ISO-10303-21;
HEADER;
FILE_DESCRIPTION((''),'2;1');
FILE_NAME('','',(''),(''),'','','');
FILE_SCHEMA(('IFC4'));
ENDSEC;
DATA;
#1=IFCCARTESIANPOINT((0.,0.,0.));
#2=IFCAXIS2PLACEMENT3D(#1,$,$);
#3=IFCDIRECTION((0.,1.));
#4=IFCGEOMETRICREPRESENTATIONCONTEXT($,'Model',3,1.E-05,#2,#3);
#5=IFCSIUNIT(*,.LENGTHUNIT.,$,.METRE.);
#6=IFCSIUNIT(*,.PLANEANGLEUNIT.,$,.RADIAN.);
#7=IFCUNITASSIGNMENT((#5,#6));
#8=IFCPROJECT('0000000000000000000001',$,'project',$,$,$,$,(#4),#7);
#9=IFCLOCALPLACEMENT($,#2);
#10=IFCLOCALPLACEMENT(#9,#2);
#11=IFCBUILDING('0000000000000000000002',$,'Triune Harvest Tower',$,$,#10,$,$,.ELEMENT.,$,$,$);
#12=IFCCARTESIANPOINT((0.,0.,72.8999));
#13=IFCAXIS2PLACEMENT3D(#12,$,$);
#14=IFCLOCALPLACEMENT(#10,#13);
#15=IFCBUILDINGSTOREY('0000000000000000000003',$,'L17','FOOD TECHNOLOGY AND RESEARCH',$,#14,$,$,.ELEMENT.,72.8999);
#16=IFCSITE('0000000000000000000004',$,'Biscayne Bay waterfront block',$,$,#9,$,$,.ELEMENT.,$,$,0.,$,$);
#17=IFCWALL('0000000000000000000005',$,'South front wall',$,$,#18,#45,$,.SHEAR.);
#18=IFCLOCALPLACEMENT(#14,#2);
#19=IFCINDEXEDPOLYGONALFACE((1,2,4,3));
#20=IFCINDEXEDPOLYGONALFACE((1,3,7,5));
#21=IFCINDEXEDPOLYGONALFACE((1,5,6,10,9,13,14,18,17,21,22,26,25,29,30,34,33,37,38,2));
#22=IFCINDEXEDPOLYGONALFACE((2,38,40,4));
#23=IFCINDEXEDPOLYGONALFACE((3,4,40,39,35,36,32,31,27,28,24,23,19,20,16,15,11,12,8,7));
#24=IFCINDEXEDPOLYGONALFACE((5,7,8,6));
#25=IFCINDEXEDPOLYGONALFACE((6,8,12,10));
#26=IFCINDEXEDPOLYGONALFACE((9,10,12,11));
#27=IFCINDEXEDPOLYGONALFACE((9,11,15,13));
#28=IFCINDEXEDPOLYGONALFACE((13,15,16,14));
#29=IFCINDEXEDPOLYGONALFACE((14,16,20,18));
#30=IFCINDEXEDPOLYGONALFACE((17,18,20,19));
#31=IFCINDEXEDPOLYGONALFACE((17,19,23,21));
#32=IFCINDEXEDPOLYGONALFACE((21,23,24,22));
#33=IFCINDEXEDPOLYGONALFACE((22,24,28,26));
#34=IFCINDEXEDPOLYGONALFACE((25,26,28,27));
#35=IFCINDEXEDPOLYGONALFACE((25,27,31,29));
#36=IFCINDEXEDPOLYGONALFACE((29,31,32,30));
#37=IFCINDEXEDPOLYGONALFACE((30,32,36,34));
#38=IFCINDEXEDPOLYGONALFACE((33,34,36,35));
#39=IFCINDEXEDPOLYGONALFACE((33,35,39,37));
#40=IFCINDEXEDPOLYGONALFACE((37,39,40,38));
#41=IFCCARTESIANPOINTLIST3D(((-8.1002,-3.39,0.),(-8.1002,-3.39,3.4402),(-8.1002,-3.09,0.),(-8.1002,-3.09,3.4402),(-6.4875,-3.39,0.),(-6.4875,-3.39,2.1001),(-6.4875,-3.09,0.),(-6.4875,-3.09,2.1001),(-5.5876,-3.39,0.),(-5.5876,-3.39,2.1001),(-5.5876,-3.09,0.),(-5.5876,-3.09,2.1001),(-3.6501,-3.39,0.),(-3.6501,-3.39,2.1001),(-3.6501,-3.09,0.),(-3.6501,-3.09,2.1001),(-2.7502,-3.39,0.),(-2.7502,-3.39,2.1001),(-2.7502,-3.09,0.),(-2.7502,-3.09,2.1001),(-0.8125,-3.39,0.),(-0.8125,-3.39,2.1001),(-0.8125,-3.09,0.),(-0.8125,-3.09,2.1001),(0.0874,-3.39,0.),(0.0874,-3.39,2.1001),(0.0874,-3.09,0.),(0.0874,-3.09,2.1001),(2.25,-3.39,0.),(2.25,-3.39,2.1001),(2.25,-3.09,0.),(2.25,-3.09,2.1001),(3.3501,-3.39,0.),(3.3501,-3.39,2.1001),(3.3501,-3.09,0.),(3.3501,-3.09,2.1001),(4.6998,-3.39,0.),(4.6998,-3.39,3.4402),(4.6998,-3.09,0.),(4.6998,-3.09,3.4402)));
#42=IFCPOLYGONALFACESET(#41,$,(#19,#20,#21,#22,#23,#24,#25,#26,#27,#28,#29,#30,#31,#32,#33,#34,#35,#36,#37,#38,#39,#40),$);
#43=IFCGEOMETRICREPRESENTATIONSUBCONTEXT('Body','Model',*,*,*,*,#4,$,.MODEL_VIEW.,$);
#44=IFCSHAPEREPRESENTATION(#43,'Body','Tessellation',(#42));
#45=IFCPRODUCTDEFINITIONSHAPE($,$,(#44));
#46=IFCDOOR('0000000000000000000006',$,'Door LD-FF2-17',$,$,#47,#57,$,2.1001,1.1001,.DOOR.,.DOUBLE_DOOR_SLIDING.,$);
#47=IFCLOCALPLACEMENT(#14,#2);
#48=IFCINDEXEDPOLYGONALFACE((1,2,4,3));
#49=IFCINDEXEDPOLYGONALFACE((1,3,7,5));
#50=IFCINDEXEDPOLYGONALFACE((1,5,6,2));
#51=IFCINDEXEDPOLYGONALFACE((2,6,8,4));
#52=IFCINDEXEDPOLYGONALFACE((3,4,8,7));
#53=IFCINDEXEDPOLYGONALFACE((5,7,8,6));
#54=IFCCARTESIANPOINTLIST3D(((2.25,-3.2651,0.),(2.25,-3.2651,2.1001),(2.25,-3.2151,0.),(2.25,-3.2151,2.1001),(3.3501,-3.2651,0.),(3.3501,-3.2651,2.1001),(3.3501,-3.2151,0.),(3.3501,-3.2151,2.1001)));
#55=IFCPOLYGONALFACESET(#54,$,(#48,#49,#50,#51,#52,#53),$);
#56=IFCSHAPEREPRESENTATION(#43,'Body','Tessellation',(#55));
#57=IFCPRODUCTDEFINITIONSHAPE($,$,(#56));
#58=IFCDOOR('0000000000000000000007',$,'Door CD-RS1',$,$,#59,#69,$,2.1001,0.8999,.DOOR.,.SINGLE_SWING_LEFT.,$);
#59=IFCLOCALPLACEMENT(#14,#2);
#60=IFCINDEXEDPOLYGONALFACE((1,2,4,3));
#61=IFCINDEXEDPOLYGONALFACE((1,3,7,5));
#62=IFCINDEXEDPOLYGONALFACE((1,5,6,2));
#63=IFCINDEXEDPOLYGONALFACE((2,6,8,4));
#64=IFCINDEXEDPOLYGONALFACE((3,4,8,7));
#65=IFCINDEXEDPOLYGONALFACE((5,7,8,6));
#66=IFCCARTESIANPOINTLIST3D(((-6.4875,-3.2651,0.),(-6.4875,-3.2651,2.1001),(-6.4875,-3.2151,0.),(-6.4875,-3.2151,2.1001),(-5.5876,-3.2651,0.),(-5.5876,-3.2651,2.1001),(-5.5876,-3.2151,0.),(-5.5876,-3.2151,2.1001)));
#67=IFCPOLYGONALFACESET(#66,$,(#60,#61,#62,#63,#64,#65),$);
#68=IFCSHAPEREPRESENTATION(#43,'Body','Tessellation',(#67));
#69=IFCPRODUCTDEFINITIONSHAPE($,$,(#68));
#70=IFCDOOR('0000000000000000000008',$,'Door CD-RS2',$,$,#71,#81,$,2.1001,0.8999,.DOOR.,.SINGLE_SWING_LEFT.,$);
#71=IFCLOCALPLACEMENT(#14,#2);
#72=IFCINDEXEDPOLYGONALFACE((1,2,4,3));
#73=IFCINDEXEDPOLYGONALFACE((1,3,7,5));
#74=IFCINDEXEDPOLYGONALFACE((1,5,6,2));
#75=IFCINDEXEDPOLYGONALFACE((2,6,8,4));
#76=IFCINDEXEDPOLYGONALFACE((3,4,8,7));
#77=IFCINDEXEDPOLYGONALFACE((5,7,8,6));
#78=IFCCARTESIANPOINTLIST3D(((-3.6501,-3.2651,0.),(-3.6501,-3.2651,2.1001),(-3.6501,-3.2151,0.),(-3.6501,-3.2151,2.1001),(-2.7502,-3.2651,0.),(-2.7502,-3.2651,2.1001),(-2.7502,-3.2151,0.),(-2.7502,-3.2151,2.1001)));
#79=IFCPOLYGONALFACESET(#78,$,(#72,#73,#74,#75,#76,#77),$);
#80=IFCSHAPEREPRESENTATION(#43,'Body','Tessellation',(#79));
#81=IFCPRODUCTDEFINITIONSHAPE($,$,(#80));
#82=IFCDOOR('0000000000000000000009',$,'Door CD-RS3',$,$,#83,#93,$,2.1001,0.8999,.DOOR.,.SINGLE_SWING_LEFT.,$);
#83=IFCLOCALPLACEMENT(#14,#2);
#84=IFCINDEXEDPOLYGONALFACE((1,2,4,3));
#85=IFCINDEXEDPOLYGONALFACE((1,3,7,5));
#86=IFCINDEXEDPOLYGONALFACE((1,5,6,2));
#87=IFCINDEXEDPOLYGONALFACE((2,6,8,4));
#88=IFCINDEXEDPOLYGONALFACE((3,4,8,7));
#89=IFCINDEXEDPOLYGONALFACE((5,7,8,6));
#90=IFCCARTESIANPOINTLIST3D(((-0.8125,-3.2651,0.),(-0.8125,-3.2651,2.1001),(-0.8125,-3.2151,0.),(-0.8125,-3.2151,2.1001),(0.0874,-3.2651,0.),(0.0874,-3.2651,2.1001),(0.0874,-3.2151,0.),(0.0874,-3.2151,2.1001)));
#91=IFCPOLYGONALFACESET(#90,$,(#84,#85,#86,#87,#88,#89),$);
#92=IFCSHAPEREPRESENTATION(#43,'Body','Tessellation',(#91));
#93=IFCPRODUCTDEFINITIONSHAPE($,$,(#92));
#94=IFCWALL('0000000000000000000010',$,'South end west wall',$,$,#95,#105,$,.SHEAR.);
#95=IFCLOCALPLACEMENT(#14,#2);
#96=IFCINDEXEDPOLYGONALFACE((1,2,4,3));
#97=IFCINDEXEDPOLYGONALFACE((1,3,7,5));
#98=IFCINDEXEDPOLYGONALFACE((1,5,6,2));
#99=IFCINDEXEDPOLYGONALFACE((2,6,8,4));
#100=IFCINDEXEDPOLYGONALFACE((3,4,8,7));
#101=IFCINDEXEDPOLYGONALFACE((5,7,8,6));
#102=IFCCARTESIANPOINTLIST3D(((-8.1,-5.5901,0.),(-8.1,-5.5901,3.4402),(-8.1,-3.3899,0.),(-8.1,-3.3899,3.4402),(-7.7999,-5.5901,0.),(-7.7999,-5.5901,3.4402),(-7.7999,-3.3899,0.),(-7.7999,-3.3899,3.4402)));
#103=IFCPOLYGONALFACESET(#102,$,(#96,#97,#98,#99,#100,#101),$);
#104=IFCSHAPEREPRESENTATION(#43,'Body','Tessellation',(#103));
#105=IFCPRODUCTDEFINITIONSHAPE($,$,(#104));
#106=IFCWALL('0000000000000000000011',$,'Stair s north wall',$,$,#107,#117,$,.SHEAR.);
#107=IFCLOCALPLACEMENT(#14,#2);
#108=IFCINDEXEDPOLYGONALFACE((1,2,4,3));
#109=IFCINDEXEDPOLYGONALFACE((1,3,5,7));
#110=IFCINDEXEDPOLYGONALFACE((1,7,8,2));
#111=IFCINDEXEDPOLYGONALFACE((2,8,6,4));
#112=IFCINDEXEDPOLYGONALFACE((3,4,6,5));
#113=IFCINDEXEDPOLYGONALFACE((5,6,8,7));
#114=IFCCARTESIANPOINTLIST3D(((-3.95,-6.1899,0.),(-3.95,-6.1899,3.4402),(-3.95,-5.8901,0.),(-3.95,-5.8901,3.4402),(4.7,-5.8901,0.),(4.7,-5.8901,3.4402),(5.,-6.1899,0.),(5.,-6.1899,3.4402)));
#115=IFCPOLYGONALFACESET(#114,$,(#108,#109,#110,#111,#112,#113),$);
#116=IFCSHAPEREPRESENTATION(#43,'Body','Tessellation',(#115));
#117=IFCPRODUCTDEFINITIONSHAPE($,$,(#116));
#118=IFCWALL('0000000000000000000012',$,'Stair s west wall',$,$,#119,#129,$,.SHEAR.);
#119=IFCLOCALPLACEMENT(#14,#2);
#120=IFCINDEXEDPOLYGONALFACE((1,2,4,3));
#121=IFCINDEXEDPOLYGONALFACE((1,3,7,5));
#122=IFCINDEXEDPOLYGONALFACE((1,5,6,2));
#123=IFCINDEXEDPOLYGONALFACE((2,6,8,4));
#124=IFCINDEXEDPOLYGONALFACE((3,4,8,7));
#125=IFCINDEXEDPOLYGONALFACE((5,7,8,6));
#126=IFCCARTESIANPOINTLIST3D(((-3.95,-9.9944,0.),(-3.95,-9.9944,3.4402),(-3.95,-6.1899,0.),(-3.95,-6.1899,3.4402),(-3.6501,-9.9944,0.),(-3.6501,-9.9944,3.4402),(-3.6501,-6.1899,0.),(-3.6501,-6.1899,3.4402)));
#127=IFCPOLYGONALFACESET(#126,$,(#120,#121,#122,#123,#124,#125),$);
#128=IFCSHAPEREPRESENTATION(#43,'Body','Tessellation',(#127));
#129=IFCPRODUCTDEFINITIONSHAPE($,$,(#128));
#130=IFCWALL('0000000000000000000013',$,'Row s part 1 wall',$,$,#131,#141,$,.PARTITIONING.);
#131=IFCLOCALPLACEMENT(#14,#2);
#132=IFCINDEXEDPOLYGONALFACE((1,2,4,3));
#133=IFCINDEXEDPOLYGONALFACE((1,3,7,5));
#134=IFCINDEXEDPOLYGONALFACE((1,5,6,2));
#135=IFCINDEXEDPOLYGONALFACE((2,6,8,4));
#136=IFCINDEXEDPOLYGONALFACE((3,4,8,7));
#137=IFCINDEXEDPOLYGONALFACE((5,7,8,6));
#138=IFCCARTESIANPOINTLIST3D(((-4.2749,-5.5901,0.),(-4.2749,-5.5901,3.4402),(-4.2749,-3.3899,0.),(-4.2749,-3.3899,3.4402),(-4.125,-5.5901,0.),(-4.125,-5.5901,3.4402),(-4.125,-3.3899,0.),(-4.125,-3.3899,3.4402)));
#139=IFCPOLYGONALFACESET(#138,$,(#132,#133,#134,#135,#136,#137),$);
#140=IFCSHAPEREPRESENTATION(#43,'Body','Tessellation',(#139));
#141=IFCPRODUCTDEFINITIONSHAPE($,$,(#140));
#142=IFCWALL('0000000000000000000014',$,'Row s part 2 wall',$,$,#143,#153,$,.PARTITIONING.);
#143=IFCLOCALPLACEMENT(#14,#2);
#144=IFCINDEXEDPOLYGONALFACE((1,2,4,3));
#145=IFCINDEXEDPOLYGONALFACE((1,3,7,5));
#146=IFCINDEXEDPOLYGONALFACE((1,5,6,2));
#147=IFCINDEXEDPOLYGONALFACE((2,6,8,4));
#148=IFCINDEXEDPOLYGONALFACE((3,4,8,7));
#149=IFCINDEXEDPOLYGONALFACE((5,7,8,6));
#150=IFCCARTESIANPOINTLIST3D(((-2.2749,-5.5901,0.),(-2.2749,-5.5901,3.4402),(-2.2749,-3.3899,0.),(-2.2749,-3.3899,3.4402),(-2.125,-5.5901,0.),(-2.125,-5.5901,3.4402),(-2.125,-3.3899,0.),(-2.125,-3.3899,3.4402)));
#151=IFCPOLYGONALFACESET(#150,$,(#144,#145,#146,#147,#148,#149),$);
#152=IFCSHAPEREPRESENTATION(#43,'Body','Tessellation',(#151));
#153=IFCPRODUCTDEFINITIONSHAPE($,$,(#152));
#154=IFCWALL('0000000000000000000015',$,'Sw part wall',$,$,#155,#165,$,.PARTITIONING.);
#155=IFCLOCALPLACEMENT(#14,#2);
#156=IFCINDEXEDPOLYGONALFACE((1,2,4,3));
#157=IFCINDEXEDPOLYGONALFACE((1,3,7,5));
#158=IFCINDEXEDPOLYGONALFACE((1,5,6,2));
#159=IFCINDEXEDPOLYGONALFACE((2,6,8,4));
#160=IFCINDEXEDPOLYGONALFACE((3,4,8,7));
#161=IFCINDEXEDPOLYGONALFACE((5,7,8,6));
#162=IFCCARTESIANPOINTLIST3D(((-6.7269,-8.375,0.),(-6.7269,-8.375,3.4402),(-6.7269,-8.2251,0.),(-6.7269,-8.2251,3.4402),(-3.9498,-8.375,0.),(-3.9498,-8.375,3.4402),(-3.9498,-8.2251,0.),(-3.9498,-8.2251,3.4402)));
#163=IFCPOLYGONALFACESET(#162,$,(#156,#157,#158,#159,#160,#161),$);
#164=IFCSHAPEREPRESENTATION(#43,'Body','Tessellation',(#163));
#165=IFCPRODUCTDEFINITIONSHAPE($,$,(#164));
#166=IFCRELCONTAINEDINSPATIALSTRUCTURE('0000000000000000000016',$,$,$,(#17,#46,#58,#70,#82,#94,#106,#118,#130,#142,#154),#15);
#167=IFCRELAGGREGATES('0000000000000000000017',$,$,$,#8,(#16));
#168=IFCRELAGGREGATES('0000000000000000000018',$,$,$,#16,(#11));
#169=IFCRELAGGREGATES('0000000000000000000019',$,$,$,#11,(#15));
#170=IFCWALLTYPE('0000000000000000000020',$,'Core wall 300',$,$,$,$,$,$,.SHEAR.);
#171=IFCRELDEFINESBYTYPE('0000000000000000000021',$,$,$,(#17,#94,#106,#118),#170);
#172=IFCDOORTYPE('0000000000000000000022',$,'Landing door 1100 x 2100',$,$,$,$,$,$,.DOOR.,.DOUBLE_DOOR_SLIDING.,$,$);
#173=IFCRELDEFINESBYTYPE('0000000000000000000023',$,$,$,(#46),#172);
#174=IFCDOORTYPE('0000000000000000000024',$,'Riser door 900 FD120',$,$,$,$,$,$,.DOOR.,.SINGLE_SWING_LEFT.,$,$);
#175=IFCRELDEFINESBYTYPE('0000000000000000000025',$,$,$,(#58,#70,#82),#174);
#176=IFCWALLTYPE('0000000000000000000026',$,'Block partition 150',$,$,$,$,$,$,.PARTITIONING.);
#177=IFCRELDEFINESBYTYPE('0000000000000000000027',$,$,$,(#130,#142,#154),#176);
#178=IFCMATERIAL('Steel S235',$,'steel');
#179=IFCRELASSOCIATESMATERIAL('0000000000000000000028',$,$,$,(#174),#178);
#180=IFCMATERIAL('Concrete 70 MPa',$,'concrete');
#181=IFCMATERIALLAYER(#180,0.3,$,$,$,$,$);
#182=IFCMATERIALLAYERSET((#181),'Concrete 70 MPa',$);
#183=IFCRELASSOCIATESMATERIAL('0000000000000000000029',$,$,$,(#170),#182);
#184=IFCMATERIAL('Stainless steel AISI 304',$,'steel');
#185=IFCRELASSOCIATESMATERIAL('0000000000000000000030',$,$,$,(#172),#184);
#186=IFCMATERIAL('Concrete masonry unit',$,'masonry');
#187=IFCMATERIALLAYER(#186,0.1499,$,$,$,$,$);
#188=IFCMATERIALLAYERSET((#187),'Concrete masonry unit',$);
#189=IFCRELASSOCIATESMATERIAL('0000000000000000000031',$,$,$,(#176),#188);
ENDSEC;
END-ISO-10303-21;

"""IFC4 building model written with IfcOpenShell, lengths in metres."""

from ifc_helpers import new_model, si_unit, direction, frame, frame_2d, origin, place, context, subcontext, project, spatial, polyline, rectangle, outline, extrude, source, transform, mapped, material, layer, layer_set, type_object, element, fill, save


model = new_model("IFC4")

# Units and contexts
model_context = context("Model", 3, precision=1e-05, world=origin(), true_north=direction((0.0, 1.0)))
body_context = subcontext(model_context, "Body", "Model", "MODEL_VIEW")
ifc_project = project(units=[si_unit("LENGTHUNIT", "METRE"), si_unit("PLANEANGLEUNIT", "RADIAN")], contexts=[model_context])

# Site, building, storey
site_placement = place(None, origin())
site = spatial("IfcSite", under=ifc_project, at=site_placement, Name="Biscayne Bay waterfront block", CompositionType="ELEMENT", RefElevation=0.0)
building_placement = place(site_placement, origin())
building = spatial("IfcBuilding", under=site, at=building_placement, Name="Triune Harvest Tower", CompositionType="ELEMENT")
storey_placement = place(building_placement, frame((0.0, 0.0, 72.8999)))
storey = spatial("IfcBuildingStorey", under=building, at=storey_placement, Name="L17", Description="FOOD TECHNOLOGY AND RESEARCH", CompositionType="ELEMENT", Elevation=72.8999)

# Wall, openings, doors
ifc_material_1 = material(Name="Steel S235", Category="steel")
door_type_1 = type_object("IfcDoorType", Name="Riser door 900 FD120", OperationType="SINGLE_SWING_LEFT", PredefinedType="DOOR", material=ifc_material_1)
ifc_material_2 = material(Name="Concrete 70 MPa", Category="concrete")
ifc_layer_1 = layer(ifc_material_2, 0.3)
ifc_layer_set_1 = layer_set([ifc_layer_1], Name="Concrete 70 MPa")
wall_type_1 = type_object("IfcWallType", Name="Core wall 300", PredefinedType="SHEAR", material=ifc_layer_set_1)
shared_shape_1 = source(origin(), body_context, "Body", "SweptSolid", [
    extrude(rectangle(XDim=12.8, YDim=0.3, at=frame_2d((6.3999, 0.0))), origin(), (0.0, 0.0, 1.0), 3.4402),
])
wall_1_placement = place(storey_placement, frame((-8.1001, -3.24, 0.0), z_axis=(0.0, 0.0, 1.0), x_axis=(1.0, 0.0, 0.0)))
wall_1 = element("IfcWall", 1, at=wall_1_placement, inside=storey, type_object=wall_type_1, Name="South front wall", PredefinedType="SHEAR", context=body_context, shape_type="MappedRepresentation", body=[
    mapped(shared_shape_1, transform((0.0, 0.0, 0.0), scale=1.0)),
])
opening_1_placement = place(wall_1_placement, frame((1.6125, 0.0, 0.0)))
opening_1 = element("IfcOpeningElement", 2, at=opening_1_placement, cuts=wall_1, PredefinedType="OPENING", context=body_context, shape_type="SweptSolid", body=[
    extrude(rectangle(XDim=0.8999, YDim=2.1001, at=frame_2d((0.45, 1.05))), frame((0.0, 0.1602, 0.0), z_axis=(0.0, -1.0, 0.0), x_axis=(1.0, 0.0, 0.0)), (0.0, 0.0, 1.0), 0.3201),
])
opening_2_placement = place(wall_1_placement, frame((4.45, 0.0, 0.0)))
opening_2 = element("IfcOpeningElement", 3, at=opening_2_placement, cuts=wall_1, PredefinedType="OPENING", context=body_context, shape_type="SweptSolid", body=[
    extrude(rectangle(XDim=0.8999, YDim=2.1001, at=frame_2d((0.45, 1.05))), frame((0.0, 0.1602, 0.0), z_axis=(0.0, -1.0, 0.0), x_axis=(1.0, 0.0, 0.0)), (0.0, 0.0, 1.0), 0.3201),
])
opening_3_placement = place(wall_1_placement, frame((7.2876, 0.0, 0.0)))
opening_3 = element("IfcOpeningElement", 4, at=opening_3_placement, cuts=wall_1, PredefinedType="OPENING", context=body_context, shape_type="SweptSolid", body=[
    extrude(rectangle(XDim=0.8999, YDim=2.1001, at=frame_2d((0.45, 1.05))), frame((0.0, 0.1602, 0.0), z_axis=(0.0, -1.0, 0.0), x_axis=(1.0, 0.0, 0.0)), (0.0, 0.0, 1.0), 0.3201),
])
opening_4_placement = place(wall_1_placement, frame((10.3501, 0.0, 0.0)))
opening_4 = element("IfcOpeningElement", 5, at=opening_4_placement, cuts=wall_1, PredefinedType="OPENING", context=body_context, shape_type="SweptSolid", body=[
    extrude(rectangle(XDim=1.1001, YDim=2.1001, at=frame_2d((0.55, 1.05))), frame((0.0, 0.1602, 0.0), z_axis=(0.0, -1.0, 0.0), x_axis=(1.0, 0.0, 0.0)), (0.0, 0.0, 1.0), 0.3201),
])
ifc_material_3 = material(Name="Stainless steel AISI 304", Category="steel")
door_type_2 = type_object("IfcDoorType", Name="Landing door 1100 x 2100", OperationType="DOUBLE_DOOR_SLIDING", PredefinedType="DOOR", material=ifc_material_3)
door_1_placement = place(opening_4_placement, origin())
door_1 = element("IfcDoor", 6, at=door_1_placement, inside=storey, type_object=door_type_2, Name="Door LD-FF2-17", OperationType="DOUBLE_DOOR_SLIDING", OverallHeight=2.1001, OverallWidth=1.1001, PredefinedType="DOOR", context=body_context, shape_type="SweptSolid", body=[
    extrude(rectangle(XDim=1.1001, YDim=2.1001, at=frame_2d((0.55, 1.05))), frame((0.0, 0.0249, 0.0), z_axis=(0.0, -1.0, 0.0), x_axis=(1.0, 0.0, 0.0)), (0.0, 0.0, 1.0), 0.05),
])
fill(opening_4, door_1)
door_2_placement = place(opening_1_placement, origin())
door_2 = element("IfcDoor", 7, at=door_2_placement, inside=storey, type_object=door_type_1, Name="Door CD-RS1", OperationType="SINGLE_SWING_LEFT", OverallHeight=2.1001, OverallWidth=0.8999, PredefinedType="DOOR", context=body_context, shape_type="SweptSolid", body=[
    extrude(rectangle(XDim=0.8999, YDim=2.1001, at=frame_2d((0.45, 1.05))), frame((0.0, 0.0249, 0.0), z_axis=(0.0, -1.0, 0.0), x_axis=(1.0, 0.0, 0.0)), (0.0, 0.0, 1.0), 0.05),
])
fill(opening_1, door_2)
door_3_placement = place(opening_2_placement, origin())
door_3 = element("IfcDoor", 8, at=door_3_placement, inside=storey, type_object=door_type_1, Name="Door CD-RS2", OperationType="SINGLE_SWING_LEFT", OverallHeight=2.1001, OverallWidth=0.8999, PredefinedType="DOOR", context=body_context, shape_type="SweptSolid", body=[
    extrude(rectangle(XDim=0.8999, YDim=2.1001, at=frame_2d((0.45, 1.05))), frame((0.0, 0.0249, 0.0), z_axis=(0.0, -1.0, 0.0), x_axis=(1.0, 0.0, 0.0)), (0.0, 0.0, 1.0), 0.05),
])
fill(opening_2, door_3)
door_4_placement = place(opening_3_placement, origin())
door_4 = element("IfcDoor", 9, at=door_4_placement, inside=storey, type_object=door_type_1, Name="Door CD-RS3", OperationType="SINGLE_SWING_LEFT", OverallHeight=2.1001, OverallWidth=0.8999, PredefinedType="DOOR", context=body_context, shape_type="SweptSolid", body=[
    extrude(rectangle(XDim=0.8999, YDim=2.1001, at=frame_2d((0.45, 1.05))), frame((0.0, 0.0249, 0.0), z_axis=(0.0, -1.0, 0.0), x_axis=(1.0, 0.0, 0.0)), (0.0, 0.0, 1.0), 0.05),
])
fill(opening_3, door_4)

# Walls
shared_shape_2 = source(origin(), body_context, "Body", "SweptSolid", [
    extrude(rectangle(XDim=2.2002, YDim=0.3, at=frame_2d((1.1001, 0.0))), origin(), (0.0, 0.0, 1.0), 3.4402),
])
wall_2_placement = place(storey_placement, frame((-7.95, -5.5901, 0.0), z_axis=(0.0, 0.0, 1.0), x_axis=(0.0, 1.0, 0.0)))
element("IfcWall", 10, at=wall_2_placement, inside=storey, type_object=wall_type_1, Name="South end west wall", PredefinedType="SHEAR", context=body_context, shape_type="MappedRepresentation", body=[
    mapped(shared_shape_2, transform((0.0, 0.0, 0.0), scale=1.0)),
])
shared_shape_3 = source(origin(), body_context, "Body", "SweptSolid", [
    extrude(outline(polyline([(0.0, -0.1499), (8.95, -0.1499), (8.6499, 0.1499), (0.0, 0.1499), (0.0, -0.1499)])), origin(), (0.0, 0.0, 1.0), 3.4402),
])
wall_3_placement = place(storey_placement, frame((-3.95, -6.04, 0.0), z_axis=(0.0, 0.0, 1.0), x_axis=(1.0, 0.0, 0.0)))
element("IfcWall", 11, at=wall_3_placement, inside=storey, type_object=wall_type_1, Name="Stair s north wall", PredefinedType="SHEAR", context=body_context, shape_type="MappedRepresentation", body=[
    mapped(shared_shape_3, transform((0.0, 0.0, 0.0), scale=1.0)),
])
shared_shape_4 = source(origin(), body_context, "Body", "SweptSolid", [
    extrude(outline(polyline([(3.8, -0.1499), (-0.0044, -0.1499), (-0.0044, 0.1499), (3.8, 0.1499), (3.8, -0.1499)])), origin(), (0.0, 0.0, 1.0), 3.4402),
])
wall_4_placement = place(storey_placement, frame((-3.8, -9.99, 0.0), z_axis=(0.0, 0.0, 1.0), x_axis=(0.0, 1.0, 0.0)))
element("IfcWall", 12, at=wall_4_placement, inside=storey, type_object=wall_type_1, Name="Stair s west wall", PredefinedType="SHEAR", context=body_context, shape_type="MappedRepresentation", body=[
    mapped(shared_shape_4, transform((0.0, 0.0, 0.0), scale=1.0)),
])
ifc_material_4 = material(Name="Concrete masonry unit", Category="masonry")
ifc_layer_2 = layer(ifc_material_4, 0.1499)
ifc_layer_set_2 = layer_set([ifc_layer_2], Name="Concrete masonry unit")
wall_type_2 = type_object("IfcWallType", Name="Block partition 150", PredefinedType="PARTITIONING", material=ifc_layer_set_2)
shared_shape_5 = source(origin(), body_context, "Body", "SweptSolid", [
    extrude(rectangle(XDim=2.2002, YDim=0.1499, at=frame_2d((1.1001, 0.0))), origin(), (0.0, 0.0, 1.0), 3.4402),
])
for number, where, z_axis, x_axis, name in (
    (13, (-4.2, -5.5901, 0.0), (0.0, 0.0, 1.0), (0.0, 1.0, 0.0), "Row s part 1 wall"),
    (14, (-2.2, -5.5901, 0.0), (0.0, 0.0, 1.0), (0.0, 1.0, 0.0), "Row s part 2 wall"),
):
    element("IfcWall", number, at=place(storey_placement, frame(where, z_axis=z_axis, x_axis=x_axis)), inside=storey, type_object=wall_type_2, Name=name, PredefinedType="PARTITIONING", context=body_context, shape_type="MappedRepresentation", body=[
        mapped(shared_shape_5, transform((0.0, 0.0, 0.0), scale=1.0)),
    ])
shared_shape_6 = source(origin(), body_context, "Body", "SweptSolid", [
    extrude(rectangle(XDim=2.7771, YDim=0.1499, at=frame_2d((1.3887, 0.0))), origin(), (0.0, 0.0, 1.0), 3.4402),
])
wall_5_placement = place(storey_placement, frame((-6.7271, -8.3, 0.0), z_axis=(0.0, 0.0, 1.0), x_axis=(1.0, 0.0, 0.0)))
element("IfcWall", 15, at=wall_5_placement, inside=storey, type_object=wall_type_2, Name="Sw part wall", PredefinedType="PARTITIONING", context=body_context, shape_type="MappedRepresentation", body=[
    mapped(shared_shape_6, transform((0.0, 0.0, 0.0), scale=1.0)),
])

save(model, "model.ifc")
